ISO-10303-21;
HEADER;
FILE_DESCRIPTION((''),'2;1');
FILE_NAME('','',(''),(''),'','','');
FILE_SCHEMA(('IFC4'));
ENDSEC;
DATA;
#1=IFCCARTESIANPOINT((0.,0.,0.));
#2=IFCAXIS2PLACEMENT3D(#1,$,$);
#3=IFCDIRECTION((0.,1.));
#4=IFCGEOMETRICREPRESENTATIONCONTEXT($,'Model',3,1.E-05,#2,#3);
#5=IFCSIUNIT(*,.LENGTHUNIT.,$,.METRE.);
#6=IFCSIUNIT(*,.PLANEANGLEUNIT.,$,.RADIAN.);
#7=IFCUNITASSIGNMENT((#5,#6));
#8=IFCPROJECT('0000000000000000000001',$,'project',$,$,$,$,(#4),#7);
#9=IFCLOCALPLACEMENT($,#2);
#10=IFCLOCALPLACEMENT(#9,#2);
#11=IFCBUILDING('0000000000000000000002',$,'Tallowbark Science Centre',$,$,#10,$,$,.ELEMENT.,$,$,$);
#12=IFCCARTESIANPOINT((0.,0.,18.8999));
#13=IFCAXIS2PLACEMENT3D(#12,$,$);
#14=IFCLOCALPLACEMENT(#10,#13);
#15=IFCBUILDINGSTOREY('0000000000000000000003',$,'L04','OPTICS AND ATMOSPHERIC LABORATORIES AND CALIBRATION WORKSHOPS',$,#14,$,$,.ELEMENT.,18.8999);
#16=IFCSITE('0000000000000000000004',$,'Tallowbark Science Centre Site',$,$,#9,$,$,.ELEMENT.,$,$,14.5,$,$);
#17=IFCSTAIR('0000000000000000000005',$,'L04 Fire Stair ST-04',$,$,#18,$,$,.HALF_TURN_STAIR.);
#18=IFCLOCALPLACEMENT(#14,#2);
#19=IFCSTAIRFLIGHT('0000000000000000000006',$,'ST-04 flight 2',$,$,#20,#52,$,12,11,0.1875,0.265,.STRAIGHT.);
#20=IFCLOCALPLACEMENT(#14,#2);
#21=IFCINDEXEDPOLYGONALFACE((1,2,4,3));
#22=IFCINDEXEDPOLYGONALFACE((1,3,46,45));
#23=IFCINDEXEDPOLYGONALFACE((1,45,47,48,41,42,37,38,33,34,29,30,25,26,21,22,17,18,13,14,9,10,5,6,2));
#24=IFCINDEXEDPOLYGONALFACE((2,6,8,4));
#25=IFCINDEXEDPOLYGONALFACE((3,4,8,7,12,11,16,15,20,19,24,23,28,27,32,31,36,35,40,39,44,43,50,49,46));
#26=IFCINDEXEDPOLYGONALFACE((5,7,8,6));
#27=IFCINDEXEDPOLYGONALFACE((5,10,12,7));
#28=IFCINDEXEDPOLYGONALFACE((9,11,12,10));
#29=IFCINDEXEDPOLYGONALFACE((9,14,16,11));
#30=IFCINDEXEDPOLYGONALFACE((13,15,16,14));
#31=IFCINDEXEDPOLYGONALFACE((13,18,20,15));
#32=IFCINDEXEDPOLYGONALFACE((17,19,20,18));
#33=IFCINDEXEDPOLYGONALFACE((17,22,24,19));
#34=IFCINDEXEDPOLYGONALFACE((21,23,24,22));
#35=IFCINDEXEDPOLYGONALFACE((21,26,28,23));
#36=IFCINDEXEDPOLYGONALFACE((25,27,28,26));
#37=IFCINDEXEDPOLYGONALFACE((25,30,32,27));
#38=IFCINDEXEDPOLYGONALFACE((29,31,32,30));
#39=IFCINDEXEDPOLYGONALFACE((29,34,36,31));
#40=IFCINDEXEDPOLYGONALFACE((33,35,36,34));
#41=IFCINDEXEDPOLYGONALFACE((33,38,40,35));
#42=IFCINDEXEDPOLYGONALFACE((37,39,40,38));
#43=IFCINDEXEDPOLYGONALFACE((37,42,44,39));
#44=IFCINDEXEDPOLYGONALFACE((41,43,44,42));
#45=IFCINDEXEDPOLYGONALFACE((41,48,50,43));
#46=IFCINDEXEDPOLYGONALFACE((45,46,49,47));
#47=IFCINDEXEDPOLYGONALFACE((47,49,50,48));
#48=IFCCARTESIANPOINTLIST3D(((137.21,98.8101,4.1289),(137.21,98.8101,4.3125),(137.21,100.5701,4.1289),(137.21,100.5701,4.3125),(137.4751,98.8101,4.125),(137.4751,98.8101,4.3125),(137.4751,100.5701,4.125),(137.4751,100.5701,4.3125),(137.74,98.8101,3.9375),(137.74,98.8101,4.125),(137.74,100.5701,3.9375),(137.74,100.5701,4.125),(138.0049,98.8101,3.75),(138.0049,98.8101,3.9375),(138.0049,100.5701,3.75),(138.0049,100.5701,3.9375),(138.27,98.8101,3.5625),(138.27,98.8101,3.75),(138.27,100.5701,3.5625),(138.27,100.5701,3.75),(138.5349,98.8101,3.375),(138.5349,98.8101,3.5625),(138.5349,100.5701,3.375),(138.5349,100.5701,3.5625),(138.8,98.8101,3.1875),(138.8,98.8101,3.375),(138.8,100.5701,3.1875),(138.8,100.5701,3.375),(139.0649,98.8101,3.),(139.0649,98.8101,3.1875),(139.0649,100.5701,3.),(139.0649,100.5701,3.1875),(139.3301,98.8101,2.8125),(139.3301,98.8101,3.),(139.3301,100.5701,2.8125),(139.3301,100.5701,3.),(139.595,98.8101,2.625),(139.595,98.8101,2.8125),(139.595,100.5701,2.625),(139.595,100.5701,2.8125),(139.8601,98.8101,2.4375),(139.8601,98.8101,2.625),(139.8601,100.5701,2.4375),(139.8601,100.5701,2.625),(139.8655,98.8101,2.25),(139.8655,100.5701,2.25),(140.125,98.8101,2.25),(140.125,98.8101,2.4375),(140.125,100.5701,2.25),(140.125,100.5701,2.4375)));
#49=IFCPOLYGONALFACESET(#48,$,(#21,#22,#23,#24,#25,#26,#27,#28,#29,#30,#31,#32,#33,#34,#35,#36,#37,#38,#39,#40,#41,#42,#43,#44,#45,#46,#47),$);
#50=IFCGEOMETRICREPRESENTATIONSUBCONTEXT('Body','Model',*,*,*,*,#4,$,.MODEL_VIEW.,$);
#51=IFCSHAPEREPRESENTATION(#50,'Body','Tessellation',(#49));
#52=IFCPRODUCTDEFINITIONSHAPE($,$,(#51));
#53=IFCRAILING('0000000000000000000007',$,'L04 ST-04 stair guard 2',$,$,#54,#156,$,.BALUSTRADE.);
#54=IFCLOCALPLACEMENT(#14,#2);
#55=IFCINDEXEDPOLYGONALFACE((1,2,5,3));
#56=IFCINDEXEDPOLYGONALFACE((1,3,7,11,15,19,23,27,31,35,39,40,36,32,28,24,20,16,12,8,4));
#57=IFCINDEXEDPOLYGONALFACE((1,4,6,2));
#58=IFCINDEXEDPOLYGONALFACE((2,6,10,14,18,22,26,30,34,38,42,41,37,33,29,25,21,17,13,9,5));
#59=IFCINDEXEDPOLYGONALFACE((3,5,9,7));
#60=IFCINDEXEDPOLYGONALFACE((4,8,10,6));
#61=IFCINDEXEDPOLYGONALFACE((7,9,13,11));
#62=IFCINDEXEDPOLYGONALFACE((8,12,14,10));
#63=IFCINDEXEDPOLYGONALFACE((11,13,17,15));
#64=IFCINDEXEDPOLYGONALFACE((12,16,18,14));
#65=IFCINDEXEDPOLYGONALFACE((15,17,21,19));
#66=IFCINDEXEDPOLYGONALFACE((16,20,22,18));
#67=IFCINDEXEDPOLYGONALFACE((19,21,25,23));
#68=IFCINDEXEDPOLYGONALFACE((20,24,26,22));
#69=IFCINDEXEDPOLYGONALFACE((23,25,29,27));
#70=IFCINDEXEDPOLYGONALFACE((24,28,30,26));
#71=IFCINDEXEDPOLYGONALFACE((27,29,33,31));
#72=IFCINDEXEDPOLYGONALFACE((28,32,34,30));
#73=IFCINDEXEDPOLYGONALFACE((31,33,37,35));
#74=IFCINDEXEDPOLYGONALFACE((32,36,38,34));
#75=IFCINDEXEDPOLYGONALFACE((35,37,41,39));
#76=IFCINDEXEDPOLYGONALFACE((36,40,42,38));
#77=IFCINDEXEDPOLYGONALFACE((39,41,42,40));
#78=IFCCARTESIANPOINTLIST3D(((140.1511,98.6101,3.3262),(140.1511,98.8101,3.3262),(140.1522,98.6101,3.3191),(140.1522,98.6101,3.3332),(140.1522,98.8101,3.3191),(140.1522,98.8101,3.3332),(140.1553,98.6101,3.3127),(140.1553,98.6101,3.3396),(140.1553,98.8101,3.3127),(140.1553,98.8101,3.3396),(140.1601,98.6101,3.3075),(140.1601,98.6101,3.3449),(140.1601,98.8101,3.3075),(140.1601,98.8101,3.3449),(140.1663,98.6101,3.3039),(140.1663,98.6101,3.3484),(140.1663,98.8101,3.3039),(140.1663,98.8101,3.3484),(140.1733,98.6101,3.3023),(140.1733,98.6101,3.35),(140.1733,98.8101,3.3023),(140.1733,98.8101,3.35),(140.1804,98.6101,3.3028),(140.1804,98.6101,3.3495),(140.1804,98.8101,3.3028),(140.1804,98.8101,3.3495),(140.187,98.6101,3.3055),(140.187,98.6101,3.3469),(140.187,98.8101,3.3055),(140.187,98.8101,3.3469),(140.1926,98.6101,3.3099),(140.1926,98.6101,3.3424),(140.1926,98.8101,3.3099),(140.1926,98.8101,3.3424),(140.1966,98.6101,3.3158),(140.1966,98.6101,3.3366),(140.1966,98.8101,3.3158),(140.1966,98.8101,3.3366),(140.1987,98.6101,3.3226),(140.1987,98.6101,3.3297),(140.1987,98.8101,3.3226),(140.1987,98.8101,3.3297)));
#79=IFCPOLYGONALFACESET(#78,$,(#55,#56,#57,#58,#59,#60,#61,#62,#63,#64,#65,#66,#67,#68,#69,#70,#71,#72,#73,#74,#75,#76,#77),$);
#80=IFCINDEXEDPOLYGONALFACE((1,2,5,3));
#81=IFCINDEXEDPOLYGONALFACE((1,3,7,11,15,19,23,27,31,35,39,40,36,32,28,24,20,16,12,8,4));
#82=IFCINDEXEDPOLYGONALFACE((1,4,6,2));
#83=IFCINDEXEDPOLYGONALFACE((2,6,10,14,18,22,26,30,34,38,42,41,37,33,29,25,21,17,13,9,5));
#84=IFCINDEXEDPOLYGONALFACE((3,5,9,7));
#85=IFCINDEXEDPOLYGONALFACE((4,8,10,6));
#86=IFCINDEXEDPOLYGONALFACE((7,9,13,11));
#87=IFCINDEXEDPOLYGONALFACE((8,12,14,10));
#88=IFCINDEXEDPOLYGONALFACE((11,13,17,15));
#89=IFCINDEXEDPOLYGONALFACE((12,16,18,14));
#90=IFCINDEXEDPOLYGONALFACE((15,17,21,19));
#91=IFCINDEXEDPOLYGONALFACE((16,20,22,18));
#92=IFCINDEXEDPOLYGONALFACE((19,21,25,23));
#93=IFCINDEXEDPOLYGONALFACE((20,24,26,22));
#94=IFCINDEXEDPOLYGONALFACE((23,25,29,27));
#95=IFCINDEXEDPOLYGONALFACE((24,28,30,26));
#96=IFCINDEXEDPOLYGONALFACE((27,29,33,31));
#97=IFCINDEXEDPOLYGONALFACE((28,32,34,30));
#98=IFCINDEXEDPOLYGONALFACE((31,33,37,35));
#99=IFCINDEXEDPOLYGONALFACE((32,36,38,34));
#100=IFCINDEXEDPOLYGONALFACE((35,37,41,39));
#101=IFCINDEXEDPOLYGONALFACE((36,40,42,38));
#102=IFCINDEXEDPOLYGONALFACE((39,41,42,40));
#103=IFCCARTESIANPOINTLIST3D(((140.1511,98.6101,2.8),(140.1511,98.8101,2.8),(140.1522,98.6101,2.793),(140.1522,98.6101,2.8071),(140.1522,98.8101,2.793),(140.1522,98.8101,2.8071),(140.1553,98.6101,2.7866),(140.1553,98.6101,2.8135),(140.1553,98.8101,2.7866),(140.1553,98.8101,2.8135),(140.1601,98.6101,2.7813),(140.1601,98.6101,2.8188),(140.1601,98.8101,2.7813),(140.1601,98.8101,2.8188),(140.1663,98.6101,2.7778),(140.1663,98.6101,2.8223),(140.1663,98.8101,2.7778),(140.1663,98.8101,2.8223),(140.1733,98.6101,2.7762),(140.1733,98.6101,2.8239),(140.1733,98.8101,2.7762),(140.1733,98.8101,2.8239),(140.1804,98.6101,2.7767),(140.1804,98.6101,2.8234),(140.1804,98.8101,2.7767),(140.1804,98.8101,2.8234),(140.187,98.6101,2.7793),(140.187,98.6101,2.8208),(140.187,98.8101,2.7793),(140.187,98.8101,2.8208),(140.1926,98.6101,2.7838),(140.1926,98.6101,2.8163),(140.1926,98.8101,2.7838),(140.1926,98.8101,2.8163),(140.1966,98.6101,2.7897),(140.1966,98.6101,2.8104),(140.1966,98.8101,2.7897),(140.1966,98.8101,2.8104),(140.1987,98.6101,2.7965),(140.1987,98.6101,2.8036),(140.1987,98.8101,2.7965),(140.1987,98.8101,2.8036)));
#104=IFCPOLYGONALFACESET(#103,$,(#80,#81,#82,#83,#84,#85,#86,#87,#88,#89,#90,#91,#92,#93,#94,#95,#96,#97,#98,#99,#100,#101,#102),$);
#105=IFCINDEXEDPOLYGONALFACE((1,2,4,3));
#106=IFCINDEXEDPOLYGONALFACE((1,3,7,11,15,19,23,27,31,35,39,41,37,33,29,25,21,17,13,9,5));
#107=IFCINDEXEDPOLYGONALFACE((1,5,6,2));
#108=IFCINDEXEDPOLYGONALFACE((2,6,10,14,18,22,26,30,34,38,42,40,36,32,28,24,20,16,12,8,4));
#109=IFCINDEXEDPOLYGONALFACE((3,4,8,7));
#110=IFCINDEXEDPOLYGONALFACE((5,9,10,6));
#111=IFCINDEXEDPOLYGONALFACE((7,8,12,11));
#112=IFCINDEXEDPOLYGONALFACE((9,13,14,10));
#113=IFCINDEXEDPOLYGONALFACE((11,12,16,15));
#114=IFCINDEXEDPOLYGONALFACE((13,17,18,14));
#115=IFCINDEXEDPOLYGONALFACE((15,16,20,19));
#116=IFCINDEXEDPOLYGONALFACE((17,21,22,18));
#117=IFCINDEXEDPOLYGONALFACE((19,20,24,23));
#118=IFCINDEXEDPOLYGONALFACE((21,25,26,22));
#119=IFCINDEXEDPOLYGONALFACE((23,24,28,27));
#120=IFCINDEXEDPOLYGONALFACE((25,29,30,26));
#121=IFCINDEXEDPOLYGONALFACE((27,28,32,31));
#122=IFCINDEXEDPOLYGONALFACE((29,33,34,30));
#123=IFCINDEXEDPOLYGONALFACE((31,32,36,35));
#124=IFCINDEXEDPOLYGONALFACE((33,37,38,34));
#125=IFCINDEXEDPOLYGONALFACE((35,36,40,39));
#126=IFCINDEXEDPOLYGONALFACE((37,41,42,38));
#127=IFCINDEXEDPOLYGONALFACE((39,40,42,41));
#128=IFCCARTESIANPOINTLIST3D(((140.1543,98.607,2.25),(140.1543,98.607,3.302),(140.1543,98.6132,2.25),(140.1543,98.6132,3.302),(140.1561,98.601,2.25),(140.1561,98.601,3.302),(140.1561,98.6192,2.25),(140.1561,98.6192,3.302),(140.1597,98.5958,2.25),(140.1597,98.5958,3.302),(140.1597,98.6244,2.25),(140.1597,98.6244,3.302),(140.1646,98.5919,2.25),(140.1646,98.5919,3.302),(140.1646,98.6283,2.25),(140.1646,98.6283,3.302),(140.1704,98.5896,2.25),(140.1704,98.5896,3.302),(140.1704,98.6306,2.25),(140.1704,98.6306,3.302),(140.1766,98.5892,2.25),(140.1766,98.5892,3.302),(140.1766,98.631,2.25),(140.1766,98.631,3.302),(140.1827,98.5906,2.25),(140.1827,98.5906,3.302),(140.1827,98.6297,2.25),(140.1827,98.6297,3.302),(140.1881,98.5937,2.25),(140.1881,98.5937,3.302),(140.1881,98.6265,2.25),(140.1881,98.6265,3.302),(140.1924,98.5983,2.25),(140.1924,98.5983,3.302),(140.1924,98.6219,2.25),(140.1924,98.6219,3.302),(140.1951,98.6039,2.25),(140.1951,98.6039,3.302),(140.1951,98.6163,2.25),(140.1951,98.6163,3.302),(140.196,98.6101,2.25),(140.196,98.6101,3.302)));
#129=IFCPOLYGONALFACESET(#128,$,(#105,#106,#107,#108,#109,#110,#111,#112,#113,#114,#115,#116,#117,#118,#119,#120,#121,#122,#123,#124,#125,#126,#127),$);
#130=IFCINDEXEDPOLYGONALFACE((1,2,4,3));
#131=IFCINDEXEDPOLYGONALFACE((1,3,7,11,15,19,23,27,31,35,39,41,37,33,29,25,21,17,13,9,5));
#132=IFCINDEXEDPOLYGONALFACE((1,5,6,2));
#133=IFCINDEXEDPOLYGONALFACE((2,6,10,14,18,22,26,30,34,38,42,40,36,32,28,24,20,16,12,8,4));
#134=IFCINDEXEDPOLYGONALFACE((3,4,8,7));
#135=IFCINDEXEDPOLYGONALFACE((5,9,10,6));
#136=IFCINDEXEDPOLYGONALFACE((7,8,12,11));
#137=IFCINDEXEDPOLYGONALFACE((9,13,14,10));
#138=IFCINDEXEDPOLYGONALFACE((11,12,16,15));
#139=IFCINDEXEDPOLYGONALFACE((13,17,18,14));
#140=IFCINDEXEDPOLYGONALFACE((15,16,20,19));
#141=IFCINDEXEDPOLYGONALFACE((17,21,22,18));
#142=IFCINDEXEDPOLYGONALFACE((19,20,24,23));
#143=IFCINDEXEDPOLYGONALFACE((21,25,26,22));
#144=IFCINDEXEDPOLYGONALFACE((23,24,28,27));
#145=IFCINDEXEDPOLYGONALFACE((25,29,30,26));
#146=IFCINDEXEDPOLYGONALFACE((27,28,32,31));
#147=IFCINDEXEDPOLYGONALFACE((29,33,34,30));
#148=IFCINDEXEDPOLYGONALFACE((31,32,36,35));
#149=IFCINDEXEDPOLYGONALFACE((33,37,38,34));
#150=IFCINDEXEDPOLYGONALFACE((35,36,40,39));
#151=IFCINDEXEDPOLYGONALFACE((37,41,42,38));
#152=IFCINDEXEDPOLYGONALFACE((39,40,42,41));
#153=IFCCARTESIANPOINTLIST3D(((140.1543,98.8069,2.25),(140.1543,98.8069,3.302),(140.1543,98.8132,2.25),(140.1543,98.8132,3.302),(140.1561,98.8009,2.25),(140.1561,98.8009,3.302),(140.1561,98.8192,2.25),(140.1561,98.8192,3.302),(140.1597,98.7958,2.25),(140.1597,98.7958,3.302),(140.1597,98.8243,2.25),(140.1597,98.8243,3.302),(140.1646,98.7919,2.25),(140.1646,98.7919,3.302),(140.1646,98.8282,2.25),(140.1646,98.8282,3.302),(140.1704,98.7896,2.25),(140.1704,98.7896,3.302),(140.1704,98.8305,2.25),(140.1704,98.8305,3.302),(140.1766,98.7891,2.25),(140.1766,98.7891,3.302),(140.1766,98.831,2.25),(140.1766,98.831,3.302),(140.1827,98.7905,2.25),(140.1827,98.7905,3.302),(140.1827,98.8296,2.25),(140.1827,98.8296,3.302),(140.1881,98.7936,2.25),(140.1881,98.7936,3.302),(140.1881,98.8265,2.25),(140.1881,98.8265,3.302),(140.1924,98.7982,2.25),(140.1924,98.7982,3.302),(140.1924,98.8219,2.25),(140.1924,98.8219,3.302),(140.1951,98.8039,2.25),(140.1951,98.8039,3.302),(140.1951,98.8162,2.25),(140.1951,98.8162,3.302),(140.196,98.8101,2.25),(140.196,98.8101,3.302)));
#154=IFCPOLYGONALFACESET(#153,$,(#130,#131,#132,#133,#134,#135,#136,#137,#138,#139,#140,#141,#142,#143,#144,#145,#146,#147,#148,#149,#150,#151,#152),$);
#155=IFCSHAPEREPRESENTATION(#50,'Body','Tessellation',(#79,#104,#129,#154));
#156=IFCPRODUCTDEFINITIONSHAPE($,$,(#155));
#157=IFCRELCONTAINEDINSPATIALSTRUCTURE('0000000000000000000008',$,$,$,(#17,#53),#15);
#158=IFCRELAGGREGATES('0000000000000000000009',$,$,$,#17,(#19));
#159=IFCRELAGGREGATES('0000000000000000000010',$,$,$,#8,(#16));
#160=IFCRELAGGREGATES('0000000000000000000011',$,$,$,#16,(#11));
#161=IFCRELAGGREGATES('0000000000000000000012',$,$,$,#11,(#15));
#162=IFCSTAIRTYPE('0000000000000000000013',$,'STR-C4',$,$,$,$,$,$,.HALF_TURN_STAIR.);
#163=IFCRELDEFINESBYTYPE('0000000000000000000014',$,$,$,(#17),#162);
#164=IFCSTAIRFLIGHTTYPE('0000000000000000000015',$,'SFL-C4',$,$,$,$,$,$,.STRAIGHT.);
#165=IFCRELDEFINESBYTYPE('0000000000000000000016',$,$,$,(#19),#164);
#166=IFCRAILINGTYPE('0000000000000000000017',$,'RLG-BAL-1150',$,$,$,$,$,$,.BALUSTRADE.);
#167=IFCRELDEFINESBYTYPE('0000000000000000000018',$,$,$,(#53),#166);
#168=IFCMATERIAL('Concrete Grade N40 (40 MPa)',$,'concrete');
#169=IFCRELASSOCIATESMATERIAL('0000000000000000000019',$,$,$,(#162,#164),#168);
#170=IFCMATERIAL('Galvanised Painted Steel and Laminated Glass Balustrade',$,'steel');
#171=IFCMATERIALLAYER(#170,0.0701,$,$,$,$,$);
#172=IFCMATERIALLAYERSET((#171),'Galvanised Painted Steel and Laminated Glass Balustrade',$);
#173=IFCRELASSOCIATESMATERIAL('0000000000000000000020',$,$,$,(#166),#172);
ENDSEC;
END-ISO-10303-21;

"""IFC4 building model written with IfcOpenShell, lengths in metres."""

from ifc_helpers import new_model, si_unit, direction, frame, origin, origin_2d, place, context, subcontext, project, spatial, polyline, circle, outline, extrude, material, layer, layer_set, type_object, element, aggregate, save


model = new_model("IFC4")

# Units and contexts
model_context = context("Model", 3, precision=1e-05, world=origin(), true_north=direction((0.0, 1.0)))
body_context = subcontext(model_context, "Body", "Model", "MODEL_VIEW")
ifc_project = project(units=[si_unit("LENGTHUNIT", "METRE"), si_unit("PLANEANGLEUNIT", "RADIAN")], contexts=[model_context])

# Site, building, storey
site_placement = place(None, origin())
site = spatial("IfcSite", under=ifc_project, at=site_placement, Name="Tallowbark Science Centre Site", CompositionType="ELEMENT", RefElevation=14.5)
building_placement = place(site_placement, origin())
building = spatial("IfcBuilding", under=site, at=building_placement, Name="Tallowbark Science Centre", CompositionType="ELEMENT")
storey_placement = place(building_placement, frame((0.0, 0.0, 18.8999)))
storey = spatial("IfcBuildingStorey", under=building, at=storey_placement, Name="L04", Description="OPTICS AND ATMOSPHERIC LABORATORIES AND CALIBRATION WORKSHOPS", CompositionType="ELEMENT", Elevation=18.8999)

# Shared definitions
ifc_material_1 = material(Name="Concrete Grade N40 (40 MPa)", Category="concrete")

# Stair, stair flight
stair_type = type_object("IfcStairType", Name="STR-C4", PredefinedType="HALF_TURN_STAIR", material=ifc_material_1)
stair_placement = place(storey_placement, origin())
stair = element("IfcStair", 1, at=stair_placement, inside=storey, type_object=stair_type, Name="L04 Fire Stair ST-04", PredefinedType="HALF_TURN_STAIR")
stair_flight_type = type_object("IfcStairFlightType", Name="SFL-C4", PredefinedType="STRAIGHT", material=ifc_material_1)
stair_flight_placement = place(storey_placement, frame((140.125, 99.6899, 2.25), z_axis=(0.0, 0.0, 1.0), x_axis=(-1.0, 0.0, 0.0)))
stair_flight = element("IfcStairFlight", 2, at=stair_flight_placement, type_object=stair_flight_type, Name="ST-04 flight 2", NumberOfRisers=12, NumberOfTreads=11, PredefinedType="STRAIGHT", RiserHeight=0.1875, TreadLength=0.265, context=body_context, shape_type="SweptSolid", body=[
    extrude(outline(polyline([(0.0, 0.0), (0.0, 0.1875), (0.2649, 0.1875), (0.2649, 0.375), (0.53, 0.375), (0.53, 0.5625), (0.7949, 0.5625), (0.7949, 0.75), (1.0601, 0.75), (1.0601, 0.9375), (1.325, 0.9375), (1.325, 1.125), (1.5901, 1.125), (1.5901, 1.3125), (1.855, 1.3125), (1.855, 1.5), (2.1201, 1.5), (2.1201, 1.6875), (2.385, 1.6875), (2.385, 1.875), (2.6499, 1.875), (2.6499, 2.0625), (2.915, 2.0625), (2.915, 2.25), (2.915, 1.8789), (0.2595, 0.0), (0.0, 0.0)])), frame((0.0, 0.8799, 0.0), z_axis=(0.0, -1.0, 0.0), x_axis=(1.0, 0.0, 0.0)), (0.0, 0.0, 1.0), 1.76),
])
aggregate(stair, [stair_flight])

# Railing
ifc_material_2 = material(Name="Galvanised Painted Steel and Laminated Glass Balustrade", Category="steel")
ifc_layer_1 = layer(ifc_material_2, 0.0701)
ifc_layer_set_1 = layer_set([ifc_layer_1], Name="Galvanised Painted Steel and Laminated Glass Balustrade")
railing_type_1 = type_object("IfcRailingType", Name="RLG-BAL-1150", PredefinedType="BALUSTRADE", material=ifc_layer_set_1)
railing_1_placement = place(storey_placement, frame((140.175, 98.6101, 2.25)))
element("IfcRailing", 3, at=railing_1_placement, inside=storey, type_object=railing_type_1, Name="L04 ST-04 stair guard 2", PredefinedType="BALUSTRADE", context=body_context, shape_type="SweptSolid", body=[
    extrude(circle(Radius=0.0239, at=origin_2d()), frame((0.0, 0.0, 1.0762), z_axis=(0.0, 1.0, 0.0), x_axis=(-1.0, 0.0, 0.0)), (0.0, 0.0, 1.0), 0.2),
    extrude(circle(Radius=0.0239, at=origin_2d()), frame((0.0, 0.0, 0.55), z_axis=(0.0, 1.0, 0.0), x_axis=(-1.0, 0.0, 0.0)), (0.0, 0.0, 1.0), 0.2),
    extrude(circle(Radius=0.021, at=origin_2d()), origin(), (0.0, 0.0, 1.0), 1.052),
    extrude(circle(Radius=0.021, at=origin_2d()), frame((0.0, 0.2, 0.0)), (0.0, 0.0, 1.0), 1.052),
])

save(model, "model.ifc")
